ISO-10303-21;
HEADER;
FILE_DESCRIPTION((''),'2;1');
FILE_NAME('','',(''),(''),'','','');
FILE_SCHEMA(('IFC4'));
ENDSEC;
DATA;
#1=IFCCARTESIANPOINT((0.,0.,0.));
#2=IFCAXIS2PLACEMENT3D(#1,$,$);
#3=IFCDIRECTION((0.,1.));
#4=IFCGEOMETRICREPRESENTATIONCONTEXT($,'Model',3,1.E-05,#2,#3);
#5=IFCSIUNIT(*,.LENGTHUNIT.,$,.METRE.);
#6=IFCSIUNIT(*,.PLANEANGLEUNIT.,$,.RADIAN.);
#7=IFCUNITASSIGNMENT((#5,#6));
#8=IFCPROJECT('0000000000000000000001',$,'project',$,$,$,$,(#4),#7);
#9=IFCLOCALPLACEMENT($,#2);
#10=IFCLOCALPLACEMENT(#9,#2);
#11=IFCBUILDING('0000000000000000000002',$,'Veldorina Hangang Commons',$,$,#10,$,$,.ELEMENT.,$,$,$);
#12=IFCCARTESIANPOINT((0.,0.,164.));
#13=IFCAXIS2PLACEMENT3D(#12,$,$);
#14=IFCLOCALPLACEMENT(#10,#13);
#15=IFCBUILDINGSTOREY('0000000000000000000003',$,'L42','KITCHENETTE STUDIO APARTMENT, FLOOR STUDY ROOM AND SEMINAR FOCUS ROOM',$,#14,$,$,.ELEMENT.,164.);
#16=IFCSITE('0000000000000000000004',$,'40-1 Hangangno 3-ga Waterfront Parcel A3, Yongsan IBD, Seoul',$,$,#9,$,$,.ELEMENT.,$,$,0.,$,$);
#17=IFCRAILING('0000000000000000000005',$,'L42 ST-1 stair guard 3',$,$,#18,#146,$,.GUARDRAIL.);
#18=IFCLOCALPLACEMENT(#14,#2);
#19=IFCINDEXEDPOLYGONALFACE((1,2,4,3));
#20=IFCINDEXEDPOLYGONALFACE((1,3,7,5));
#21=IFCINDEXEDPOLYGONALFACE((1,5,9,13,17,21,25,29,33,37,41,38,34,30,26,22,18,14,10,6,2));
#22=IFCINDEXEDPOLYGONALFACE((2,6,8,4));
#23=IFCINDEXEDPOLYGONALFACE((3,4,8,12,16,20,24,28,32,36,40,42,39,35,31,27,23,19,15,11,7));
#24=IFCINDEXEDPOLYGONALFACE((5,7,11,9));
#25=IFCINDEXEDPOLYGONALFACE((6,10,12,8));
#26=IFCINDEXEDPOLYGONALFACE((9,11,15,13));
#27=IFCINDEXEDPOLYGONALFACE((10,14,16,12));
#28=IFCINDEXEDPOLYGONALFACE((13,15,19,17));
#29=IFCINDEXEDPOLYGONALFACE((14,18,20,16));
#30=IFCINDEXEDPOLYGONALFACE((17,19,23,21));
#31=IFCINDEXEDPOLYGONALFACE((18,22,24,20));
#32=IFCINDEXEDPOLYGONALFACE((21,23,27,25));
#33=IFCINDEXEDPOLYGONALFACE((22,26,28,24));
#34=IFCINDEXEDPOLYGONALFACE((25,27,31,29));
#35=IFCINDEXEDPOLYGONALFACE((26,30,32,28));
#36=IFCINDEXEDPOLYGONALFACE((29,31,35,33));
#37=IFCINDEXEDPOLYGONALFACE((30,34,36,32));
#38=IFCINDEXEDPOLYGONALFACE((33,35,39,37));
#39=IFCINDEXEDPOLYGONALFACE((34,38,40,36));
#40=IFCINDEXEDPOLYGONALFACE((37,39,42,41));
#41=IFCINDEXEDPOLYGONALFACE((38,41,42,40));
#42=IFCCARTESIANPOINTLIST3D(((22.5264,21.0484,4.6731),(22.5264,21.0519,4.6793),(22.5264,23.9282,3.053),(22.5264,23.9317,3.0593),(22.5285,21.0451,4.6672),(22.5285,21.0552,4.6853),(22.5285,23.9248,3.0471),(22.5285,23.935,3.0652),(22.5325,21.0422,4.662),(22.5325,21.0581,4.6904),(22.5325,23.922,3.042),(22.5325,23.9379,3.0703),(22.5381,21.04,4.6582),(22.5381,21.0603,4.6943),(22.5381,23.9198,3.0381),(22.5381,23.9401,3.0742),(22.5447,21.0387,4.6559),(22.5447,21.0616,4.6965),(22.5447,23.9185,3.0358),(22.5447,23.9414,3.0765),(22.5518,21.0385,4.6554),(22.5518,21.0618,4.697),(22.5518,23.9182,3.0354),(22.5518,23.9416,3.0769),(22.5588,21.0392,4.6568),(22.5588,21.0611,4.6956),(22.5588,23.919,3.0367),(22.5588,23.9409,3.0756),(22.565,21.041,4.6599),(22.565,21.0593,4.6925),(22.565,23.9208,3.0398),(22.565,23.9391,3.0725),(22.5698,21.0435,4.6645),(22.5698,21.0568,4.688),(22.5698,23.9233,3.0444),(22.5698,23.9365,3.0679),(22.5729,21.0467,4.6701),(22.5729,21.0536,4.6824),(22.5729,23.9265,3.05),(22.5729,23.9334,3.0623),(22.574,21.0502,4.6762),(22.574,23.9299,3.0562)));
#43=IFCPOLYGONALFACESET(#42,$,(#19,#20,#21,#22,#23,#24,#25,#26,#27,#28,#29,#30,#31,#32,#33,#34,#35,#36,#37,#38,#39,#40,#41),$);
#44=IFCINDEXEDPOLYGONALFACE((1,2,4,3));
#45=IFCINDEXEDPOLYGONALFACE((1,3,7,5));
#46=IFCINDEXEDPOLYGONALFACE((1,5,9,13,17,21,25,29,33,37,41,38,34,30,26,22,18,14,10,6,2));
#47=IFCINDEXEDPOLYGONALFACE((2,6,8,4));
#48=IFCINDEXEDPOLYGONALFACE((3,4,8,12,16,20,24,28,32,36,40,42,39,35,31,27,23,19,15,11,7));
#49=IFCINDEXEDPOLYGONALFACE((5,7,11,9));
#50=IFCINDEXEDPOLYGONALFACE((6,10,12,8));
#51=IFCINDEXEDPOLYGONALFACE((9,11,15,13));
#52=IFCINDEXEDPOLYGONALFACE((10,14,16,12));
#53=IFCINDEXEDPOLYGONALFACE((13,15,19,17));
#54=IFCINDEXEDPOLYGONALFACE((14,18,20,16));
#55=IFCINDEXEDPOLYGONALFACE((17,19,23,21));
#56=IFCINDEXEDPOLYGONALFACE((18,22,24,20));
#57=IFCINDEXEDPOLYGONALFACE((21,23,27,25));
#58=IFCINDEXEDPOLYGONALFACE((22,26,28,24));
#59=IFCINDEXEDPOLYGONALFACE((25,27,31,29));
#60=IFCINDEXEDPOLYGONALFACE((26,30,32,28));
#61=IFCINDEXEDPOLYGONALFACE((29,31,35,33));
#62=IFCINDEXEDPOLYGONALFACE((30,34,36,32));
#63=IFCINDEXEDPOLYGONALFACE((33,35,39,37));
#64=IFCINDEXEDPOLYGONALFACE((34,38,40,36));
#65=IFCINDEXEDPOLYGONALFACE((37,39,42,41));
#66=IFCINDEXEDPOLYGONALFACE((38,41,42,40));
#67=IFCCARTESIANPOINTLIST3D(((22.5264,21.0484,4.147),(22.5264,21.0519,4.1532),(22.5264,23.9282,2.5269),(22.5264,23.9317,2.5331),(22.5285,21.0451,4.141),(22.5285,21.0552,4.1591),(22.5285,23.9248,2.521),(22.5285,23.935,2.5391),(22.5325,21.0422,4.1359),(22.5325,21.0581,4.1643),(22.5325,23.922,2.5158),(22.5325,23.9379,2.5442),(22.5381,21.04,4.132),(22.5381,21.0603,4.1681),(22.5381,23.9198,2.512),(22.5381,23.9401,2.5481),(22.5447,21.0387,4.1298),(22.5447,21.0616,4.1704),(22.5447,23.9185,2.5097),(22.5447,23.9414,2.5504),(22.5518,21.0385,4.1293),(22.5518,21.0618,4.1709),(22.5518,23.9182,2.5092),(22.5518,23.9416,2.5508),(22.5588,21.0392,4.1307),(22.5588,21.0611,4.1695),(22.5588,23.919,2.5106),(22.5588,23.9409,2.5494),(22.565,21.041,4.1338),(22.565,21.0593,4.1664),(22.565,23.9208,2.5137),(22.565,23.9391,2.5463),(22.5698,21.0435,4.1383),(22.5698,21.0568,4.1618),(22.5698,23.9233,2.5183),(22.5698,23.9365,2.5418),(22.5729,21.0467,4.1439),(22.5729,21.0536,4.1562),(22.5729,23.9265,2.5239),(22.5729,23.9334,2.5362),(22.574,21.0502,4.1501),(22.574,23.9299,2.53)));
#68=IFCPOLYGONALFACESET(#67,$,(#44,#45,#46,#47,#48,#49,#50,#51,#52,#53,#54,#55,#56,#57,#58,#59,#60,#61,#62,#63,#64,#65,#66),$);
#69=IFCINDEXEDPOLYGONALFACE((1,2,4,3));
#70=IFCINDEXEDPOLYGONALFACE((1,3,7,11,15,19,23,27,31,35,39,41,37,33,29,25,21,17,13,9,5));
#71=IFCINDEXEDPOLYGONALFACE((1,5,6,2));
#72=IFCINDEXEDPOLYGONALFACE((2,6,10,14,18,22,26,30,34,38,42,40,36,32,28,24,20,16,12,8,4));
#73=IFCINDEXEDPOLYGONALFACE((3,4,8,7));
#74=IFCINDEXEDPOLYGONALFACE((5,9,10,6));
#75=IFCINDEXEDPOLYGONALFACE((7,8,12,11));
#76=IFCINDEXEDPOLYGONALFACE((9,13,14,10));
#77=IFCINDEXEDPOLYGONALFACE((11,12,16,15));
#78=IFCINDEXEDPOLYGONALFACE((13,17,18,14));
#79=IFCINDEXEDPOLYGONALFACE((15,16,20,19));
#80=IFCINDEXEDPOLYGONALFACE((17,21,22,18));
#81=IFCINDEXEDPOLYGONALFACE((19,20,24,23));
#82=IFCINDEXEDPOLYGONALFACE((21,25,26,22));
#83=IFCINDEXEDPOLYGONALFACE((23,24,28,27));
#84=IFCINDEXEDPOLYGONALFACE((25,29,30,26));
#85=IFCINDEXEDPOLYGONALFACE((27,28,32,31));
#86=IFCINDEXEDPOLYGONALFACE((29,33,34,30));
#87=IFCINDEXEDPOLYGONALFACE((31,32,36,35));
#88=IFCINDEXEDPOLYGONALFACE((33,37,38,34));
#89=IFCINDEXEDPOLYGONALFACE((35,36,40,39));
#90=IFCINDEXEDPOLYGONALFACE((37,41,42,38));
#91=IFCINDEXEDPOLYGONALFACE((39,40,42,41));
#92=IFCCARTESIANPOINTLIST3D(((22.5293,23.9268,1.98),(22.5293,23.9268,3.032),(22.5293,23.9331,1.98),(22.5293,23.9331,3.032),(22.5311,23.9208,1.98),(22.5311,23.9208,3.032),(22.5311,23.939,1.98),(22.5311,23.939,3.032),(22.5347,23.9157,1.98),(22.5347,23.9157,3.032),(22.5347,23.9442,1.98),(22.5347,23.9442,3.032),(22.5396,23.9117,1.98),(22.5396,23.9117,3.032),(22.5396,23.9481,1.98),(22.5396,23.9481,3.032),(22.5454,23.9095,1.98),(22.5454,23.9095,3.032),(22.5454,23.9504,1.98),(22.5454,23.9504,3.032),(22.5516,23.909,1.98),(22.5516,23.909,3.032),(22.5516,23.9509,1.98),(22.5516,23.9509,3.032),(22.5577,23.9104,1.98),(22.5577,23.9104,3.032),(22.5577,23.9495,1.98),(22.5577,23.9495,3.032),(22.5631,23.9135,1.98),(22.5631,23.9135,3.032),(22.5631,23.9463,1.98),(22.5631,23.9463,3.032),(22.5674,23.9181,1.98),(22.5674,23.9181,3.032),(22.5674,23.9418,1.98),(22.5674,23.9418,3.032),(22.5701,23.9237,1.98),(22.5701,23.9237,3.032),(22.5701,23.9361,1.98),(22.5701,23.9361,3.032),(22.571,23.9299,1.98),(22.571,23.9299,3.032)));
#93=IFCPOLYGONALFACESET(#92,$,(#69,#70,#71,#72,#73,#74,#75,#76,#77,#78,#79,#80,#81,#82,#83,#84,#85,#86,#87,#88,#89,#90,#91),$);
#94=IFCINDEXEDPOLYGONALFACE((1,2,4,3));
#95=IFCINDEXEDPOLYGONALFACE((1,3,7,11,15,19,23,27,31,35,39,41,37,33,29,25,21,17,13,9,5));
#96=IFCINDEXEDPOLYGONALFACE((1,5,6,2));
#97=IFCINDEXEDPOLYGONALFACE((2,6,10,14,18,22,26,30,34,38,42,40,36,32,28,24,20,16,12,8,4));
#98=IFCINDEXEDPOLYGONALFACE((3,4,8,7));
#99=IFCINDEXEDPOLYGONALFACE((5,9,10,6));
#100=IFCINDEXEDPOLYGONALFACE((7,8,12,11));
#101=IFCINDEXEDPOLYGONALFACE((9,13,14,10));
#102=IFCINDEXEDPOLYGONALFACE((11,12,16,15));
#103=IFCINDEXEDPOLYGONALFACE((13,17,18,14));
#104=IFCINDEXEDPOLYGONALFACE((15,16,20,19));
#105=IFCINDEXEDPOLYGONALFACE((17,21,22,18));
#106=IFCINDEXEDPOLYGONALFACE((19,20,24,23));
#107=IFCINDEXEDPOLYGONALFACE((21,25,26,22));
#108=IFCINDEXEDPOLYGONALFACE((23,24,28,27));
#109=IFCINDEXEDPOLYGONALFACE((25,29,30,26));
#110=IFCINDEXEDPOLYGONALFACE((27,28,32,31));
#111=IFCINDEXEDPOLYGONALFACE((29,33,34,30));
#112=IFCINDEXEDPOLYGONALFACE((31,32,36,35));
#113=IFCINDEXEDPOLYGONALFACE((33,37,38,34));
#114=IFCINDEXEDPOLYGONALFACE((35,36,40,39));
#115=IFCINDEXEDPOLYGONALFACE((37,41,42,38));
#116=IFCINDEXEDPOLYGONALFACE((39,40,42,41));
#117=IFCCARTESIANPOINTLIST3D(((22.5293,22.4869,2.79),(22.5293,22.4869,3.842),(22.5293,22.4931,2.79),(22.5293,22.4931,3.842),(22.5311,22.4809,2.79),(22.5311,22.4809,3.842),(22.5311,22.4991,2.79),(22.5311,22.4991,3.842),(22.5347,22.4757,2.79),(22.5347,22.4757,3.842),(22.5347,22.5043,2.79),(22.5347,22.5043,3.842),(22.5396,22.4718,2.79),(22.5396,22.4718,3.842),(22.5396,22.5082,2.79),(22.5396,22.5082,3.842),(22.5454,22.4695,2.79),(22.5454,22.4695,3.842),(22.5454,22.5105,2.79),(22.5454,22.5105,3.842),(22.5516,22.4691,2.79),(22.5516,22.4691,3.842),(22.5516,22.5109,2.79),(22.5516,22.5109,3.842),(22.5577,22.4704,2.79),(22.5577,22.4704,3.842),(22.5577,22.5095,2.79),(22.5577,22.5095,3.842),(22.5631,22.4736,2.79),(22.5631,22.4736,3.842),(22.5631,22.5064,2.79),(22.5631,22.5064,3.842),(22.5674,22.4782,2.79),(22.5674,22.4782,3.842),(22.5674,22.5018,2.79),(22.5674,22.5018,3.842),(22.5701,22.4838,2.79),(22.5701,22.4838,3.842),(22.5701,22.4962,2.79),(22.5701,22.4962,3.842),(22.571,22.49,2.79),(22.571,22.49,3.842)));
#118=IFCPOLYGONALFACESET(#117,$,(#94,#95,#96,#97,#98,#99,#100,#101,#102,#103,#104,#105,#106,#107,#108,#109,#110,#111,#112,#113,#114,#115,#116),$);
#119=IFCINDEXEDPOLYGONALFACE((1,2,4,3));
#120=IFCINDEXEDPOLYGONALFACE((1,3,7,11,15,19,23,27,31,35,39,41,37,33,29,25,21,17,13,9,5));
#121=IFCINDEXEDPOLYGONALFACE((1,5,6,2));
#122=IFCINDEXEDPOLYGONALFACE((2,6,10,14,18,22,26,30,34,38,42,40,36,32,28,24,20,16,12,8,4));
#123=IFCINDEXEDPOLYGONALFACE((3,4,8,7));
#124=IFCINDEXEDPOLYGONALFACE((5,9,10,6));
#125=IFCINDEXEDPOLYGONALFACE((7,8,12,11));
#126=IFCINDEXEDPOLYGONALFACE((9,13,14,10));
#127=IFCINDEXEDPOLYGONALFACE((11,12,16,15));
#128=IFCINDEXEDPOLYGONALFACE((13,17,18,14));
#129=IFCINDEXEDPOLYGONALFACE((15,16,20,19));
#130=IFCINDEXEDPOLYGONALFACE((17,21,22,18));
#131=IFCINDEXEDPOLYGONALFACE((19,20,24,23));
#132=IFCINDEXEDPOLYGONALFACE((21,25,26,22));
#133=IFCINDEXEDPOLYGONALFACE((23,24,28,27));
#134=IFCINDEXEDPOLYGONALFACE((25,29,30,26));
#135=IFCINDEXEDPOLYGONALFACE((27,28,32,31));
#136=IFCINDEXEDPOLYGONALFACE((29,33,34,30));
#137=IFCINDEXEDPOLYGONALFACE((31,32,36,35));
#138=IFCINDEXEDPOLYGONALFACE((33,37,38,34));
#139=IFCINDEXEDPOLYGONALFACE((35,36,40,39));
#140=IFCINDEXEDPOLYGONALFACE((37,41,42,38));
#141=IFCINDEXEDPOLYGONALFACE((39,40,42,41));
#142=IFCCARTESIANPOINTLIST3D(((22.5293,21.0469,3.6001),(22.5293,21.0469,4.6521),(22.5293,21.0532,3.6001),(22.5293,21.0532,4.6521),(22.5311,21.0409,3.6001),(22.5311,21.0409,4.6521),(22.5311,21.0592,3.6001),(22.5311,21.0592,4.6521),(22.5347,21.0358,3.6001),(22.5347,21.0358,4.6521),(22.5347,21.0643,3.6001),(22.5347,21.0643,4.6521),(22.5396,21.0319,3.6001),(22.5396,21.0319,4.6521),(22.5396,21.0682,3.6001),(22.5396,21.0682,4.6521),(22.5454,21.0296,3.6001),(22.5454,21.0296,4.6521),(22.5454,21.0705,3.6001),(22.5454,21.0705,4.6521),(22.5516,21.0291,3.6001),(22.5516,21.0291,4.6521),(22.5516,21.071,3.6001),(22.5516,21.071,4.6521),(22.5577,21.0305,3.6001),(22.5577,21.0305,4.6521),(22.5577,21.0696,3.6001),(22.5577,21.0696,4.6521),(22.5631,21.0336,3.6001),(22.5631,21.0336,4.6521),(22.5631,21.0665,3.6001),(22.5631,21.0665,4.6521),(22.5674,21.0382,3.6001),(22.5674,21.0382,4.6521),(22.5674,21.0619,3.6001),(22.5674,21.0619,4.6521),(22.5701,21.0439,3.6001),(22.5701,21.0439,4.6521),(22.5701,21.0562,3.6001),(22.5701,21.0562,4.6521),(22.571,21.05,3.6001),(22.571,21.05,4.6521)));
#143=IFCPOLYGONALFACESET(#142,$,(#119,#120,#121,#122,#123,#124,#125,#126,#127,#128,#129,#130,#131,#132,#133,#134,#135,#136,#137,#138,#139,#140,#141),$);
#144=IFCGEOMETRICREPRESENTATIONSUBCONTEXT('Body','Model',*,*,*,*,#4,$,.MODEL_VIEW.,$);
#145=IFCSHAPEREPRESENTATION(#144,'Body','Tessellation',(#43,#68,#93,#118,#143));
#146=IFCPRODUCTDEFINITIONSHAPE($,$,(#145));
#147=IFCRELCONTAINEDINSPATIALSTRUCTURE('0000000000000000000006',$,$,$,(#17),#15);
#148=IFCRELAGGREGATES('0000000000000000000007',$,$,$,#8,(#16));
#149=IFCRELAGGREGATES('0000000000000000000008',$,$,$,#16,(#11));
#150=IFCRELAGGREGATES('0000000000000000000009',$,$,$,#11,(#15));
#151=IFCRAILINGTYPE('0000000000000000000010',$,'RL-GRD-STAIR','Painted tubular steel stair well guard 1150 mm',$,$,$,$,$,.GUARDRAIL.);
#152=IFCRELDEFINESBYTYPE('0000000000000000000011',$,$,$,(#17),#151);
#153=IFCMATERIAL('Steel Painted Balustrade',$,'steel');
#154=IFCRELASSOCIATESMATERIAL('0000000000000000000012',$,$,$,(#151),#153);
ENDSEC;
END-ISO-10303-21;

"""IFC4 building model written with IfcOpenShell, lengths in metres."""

from ifc_helpers import new_model, si_unit, direction, frame, origin, origin_2d, place, context, subcontext, project, spatial, circle, extrude, material, type_object, element, save


model = new_model("IFC4")

# Units and contexts
model_context = context("Model", 3, precision=1e-05, world=origin(), true_north=direction((0.0, 1.0)))
body_context = subcontext(model_context, "Body", "Model", "MODEL_VIEW")
ifc_project = project(units=[si_unit("LENGTHUNIT", "METRE"), si_unit("PLANEANGLEUNIT", "RADIAN")], contexts=[model_context])

# Site, building, storey
site_placement = place(None, origin())
site = spatial("IfcSite", under=ifc_project, at=site_placement, Name="40-1 Hangangno 3-ga Waterfront Parcel A3, Yongsan IBD, Seoul", CompositionType="ELEMENT", RefElevation=0.0)
building_placement = place(site_placement, origin())
building = spatial("IfcBuilding", under=site, at=building_placement, Name="Veldorina Hangang Commons", CompositionType="ELEMENT")
storey_placement = place(building_placement, frame((0.0, 0.0, 164.0)))
storey = spatial("IfcBuildingStorey", under=building, at=storey_placement, Name="L42", Description="KITCHENETTE STUDIO APARTMENT, FLOOR STUDY ROOM AND SEMINAR FOCUS ROOM", CompositionType="ELEMENT", Elevation=164.0)

# Railing
ifc_material_1 = material(Name="Steel Painted Balustrade", Category="steel")
railing_type = type_object("IfcRailingType", Name="RL-GRD-STAIR", Description="Painted tubular steel stair well guard 1150 mm", PredefinedType="GUARDRAIL", material=ifc_material_1)
railing_1_placement = place(storey_placement, frame((22.55, 23.9299, 1.98)))
element("IfcRailing", 1, at=railing_1_placement, inside=storey, type_object=railing_type, Name="L42 ST-1 stair guard 3", PredefinedType="GUARDRAIL", context=body_context, shape_type="SweptSolid", body=[
    extrude(circle(Radius=0.0239, at=origin_2d()), frame((0.0, 0.0, 1.0762), z_axis=(0.0, -0.871552, 0.490303), x_axis=(1.0, 0.0, 0.0)), (0.0, 0.0, 1.0), 3.3042),
    extrude(circle(Radius=0.0239, at=origin_2d()), frame((0.0, 0.0, 0.55), z_axis=(0.0, -0.871552, 0.490303), x_axis=(1.0, 0.0, 0.0)), (0.0, 0.0, 1.0), 3.3042),
    extrude(circle(Radius=0.021, at=origin_2d()), origin(), (0.0, 0.0, 1.0), 1.052),
    extrude(circle(Radius=0.021, at=origin_2d()), frame((0.0, -1.4399, 0.8101)), (0.0, 0.0, 1.0), 1.052),
    extrude(circle(Radius=0.021, at=origin_2d()), frame((0.0, -2.8799, 1.6201)), (0.0, 0.0, 1.0), 1.052),
])

save(model, "model.ifc")
